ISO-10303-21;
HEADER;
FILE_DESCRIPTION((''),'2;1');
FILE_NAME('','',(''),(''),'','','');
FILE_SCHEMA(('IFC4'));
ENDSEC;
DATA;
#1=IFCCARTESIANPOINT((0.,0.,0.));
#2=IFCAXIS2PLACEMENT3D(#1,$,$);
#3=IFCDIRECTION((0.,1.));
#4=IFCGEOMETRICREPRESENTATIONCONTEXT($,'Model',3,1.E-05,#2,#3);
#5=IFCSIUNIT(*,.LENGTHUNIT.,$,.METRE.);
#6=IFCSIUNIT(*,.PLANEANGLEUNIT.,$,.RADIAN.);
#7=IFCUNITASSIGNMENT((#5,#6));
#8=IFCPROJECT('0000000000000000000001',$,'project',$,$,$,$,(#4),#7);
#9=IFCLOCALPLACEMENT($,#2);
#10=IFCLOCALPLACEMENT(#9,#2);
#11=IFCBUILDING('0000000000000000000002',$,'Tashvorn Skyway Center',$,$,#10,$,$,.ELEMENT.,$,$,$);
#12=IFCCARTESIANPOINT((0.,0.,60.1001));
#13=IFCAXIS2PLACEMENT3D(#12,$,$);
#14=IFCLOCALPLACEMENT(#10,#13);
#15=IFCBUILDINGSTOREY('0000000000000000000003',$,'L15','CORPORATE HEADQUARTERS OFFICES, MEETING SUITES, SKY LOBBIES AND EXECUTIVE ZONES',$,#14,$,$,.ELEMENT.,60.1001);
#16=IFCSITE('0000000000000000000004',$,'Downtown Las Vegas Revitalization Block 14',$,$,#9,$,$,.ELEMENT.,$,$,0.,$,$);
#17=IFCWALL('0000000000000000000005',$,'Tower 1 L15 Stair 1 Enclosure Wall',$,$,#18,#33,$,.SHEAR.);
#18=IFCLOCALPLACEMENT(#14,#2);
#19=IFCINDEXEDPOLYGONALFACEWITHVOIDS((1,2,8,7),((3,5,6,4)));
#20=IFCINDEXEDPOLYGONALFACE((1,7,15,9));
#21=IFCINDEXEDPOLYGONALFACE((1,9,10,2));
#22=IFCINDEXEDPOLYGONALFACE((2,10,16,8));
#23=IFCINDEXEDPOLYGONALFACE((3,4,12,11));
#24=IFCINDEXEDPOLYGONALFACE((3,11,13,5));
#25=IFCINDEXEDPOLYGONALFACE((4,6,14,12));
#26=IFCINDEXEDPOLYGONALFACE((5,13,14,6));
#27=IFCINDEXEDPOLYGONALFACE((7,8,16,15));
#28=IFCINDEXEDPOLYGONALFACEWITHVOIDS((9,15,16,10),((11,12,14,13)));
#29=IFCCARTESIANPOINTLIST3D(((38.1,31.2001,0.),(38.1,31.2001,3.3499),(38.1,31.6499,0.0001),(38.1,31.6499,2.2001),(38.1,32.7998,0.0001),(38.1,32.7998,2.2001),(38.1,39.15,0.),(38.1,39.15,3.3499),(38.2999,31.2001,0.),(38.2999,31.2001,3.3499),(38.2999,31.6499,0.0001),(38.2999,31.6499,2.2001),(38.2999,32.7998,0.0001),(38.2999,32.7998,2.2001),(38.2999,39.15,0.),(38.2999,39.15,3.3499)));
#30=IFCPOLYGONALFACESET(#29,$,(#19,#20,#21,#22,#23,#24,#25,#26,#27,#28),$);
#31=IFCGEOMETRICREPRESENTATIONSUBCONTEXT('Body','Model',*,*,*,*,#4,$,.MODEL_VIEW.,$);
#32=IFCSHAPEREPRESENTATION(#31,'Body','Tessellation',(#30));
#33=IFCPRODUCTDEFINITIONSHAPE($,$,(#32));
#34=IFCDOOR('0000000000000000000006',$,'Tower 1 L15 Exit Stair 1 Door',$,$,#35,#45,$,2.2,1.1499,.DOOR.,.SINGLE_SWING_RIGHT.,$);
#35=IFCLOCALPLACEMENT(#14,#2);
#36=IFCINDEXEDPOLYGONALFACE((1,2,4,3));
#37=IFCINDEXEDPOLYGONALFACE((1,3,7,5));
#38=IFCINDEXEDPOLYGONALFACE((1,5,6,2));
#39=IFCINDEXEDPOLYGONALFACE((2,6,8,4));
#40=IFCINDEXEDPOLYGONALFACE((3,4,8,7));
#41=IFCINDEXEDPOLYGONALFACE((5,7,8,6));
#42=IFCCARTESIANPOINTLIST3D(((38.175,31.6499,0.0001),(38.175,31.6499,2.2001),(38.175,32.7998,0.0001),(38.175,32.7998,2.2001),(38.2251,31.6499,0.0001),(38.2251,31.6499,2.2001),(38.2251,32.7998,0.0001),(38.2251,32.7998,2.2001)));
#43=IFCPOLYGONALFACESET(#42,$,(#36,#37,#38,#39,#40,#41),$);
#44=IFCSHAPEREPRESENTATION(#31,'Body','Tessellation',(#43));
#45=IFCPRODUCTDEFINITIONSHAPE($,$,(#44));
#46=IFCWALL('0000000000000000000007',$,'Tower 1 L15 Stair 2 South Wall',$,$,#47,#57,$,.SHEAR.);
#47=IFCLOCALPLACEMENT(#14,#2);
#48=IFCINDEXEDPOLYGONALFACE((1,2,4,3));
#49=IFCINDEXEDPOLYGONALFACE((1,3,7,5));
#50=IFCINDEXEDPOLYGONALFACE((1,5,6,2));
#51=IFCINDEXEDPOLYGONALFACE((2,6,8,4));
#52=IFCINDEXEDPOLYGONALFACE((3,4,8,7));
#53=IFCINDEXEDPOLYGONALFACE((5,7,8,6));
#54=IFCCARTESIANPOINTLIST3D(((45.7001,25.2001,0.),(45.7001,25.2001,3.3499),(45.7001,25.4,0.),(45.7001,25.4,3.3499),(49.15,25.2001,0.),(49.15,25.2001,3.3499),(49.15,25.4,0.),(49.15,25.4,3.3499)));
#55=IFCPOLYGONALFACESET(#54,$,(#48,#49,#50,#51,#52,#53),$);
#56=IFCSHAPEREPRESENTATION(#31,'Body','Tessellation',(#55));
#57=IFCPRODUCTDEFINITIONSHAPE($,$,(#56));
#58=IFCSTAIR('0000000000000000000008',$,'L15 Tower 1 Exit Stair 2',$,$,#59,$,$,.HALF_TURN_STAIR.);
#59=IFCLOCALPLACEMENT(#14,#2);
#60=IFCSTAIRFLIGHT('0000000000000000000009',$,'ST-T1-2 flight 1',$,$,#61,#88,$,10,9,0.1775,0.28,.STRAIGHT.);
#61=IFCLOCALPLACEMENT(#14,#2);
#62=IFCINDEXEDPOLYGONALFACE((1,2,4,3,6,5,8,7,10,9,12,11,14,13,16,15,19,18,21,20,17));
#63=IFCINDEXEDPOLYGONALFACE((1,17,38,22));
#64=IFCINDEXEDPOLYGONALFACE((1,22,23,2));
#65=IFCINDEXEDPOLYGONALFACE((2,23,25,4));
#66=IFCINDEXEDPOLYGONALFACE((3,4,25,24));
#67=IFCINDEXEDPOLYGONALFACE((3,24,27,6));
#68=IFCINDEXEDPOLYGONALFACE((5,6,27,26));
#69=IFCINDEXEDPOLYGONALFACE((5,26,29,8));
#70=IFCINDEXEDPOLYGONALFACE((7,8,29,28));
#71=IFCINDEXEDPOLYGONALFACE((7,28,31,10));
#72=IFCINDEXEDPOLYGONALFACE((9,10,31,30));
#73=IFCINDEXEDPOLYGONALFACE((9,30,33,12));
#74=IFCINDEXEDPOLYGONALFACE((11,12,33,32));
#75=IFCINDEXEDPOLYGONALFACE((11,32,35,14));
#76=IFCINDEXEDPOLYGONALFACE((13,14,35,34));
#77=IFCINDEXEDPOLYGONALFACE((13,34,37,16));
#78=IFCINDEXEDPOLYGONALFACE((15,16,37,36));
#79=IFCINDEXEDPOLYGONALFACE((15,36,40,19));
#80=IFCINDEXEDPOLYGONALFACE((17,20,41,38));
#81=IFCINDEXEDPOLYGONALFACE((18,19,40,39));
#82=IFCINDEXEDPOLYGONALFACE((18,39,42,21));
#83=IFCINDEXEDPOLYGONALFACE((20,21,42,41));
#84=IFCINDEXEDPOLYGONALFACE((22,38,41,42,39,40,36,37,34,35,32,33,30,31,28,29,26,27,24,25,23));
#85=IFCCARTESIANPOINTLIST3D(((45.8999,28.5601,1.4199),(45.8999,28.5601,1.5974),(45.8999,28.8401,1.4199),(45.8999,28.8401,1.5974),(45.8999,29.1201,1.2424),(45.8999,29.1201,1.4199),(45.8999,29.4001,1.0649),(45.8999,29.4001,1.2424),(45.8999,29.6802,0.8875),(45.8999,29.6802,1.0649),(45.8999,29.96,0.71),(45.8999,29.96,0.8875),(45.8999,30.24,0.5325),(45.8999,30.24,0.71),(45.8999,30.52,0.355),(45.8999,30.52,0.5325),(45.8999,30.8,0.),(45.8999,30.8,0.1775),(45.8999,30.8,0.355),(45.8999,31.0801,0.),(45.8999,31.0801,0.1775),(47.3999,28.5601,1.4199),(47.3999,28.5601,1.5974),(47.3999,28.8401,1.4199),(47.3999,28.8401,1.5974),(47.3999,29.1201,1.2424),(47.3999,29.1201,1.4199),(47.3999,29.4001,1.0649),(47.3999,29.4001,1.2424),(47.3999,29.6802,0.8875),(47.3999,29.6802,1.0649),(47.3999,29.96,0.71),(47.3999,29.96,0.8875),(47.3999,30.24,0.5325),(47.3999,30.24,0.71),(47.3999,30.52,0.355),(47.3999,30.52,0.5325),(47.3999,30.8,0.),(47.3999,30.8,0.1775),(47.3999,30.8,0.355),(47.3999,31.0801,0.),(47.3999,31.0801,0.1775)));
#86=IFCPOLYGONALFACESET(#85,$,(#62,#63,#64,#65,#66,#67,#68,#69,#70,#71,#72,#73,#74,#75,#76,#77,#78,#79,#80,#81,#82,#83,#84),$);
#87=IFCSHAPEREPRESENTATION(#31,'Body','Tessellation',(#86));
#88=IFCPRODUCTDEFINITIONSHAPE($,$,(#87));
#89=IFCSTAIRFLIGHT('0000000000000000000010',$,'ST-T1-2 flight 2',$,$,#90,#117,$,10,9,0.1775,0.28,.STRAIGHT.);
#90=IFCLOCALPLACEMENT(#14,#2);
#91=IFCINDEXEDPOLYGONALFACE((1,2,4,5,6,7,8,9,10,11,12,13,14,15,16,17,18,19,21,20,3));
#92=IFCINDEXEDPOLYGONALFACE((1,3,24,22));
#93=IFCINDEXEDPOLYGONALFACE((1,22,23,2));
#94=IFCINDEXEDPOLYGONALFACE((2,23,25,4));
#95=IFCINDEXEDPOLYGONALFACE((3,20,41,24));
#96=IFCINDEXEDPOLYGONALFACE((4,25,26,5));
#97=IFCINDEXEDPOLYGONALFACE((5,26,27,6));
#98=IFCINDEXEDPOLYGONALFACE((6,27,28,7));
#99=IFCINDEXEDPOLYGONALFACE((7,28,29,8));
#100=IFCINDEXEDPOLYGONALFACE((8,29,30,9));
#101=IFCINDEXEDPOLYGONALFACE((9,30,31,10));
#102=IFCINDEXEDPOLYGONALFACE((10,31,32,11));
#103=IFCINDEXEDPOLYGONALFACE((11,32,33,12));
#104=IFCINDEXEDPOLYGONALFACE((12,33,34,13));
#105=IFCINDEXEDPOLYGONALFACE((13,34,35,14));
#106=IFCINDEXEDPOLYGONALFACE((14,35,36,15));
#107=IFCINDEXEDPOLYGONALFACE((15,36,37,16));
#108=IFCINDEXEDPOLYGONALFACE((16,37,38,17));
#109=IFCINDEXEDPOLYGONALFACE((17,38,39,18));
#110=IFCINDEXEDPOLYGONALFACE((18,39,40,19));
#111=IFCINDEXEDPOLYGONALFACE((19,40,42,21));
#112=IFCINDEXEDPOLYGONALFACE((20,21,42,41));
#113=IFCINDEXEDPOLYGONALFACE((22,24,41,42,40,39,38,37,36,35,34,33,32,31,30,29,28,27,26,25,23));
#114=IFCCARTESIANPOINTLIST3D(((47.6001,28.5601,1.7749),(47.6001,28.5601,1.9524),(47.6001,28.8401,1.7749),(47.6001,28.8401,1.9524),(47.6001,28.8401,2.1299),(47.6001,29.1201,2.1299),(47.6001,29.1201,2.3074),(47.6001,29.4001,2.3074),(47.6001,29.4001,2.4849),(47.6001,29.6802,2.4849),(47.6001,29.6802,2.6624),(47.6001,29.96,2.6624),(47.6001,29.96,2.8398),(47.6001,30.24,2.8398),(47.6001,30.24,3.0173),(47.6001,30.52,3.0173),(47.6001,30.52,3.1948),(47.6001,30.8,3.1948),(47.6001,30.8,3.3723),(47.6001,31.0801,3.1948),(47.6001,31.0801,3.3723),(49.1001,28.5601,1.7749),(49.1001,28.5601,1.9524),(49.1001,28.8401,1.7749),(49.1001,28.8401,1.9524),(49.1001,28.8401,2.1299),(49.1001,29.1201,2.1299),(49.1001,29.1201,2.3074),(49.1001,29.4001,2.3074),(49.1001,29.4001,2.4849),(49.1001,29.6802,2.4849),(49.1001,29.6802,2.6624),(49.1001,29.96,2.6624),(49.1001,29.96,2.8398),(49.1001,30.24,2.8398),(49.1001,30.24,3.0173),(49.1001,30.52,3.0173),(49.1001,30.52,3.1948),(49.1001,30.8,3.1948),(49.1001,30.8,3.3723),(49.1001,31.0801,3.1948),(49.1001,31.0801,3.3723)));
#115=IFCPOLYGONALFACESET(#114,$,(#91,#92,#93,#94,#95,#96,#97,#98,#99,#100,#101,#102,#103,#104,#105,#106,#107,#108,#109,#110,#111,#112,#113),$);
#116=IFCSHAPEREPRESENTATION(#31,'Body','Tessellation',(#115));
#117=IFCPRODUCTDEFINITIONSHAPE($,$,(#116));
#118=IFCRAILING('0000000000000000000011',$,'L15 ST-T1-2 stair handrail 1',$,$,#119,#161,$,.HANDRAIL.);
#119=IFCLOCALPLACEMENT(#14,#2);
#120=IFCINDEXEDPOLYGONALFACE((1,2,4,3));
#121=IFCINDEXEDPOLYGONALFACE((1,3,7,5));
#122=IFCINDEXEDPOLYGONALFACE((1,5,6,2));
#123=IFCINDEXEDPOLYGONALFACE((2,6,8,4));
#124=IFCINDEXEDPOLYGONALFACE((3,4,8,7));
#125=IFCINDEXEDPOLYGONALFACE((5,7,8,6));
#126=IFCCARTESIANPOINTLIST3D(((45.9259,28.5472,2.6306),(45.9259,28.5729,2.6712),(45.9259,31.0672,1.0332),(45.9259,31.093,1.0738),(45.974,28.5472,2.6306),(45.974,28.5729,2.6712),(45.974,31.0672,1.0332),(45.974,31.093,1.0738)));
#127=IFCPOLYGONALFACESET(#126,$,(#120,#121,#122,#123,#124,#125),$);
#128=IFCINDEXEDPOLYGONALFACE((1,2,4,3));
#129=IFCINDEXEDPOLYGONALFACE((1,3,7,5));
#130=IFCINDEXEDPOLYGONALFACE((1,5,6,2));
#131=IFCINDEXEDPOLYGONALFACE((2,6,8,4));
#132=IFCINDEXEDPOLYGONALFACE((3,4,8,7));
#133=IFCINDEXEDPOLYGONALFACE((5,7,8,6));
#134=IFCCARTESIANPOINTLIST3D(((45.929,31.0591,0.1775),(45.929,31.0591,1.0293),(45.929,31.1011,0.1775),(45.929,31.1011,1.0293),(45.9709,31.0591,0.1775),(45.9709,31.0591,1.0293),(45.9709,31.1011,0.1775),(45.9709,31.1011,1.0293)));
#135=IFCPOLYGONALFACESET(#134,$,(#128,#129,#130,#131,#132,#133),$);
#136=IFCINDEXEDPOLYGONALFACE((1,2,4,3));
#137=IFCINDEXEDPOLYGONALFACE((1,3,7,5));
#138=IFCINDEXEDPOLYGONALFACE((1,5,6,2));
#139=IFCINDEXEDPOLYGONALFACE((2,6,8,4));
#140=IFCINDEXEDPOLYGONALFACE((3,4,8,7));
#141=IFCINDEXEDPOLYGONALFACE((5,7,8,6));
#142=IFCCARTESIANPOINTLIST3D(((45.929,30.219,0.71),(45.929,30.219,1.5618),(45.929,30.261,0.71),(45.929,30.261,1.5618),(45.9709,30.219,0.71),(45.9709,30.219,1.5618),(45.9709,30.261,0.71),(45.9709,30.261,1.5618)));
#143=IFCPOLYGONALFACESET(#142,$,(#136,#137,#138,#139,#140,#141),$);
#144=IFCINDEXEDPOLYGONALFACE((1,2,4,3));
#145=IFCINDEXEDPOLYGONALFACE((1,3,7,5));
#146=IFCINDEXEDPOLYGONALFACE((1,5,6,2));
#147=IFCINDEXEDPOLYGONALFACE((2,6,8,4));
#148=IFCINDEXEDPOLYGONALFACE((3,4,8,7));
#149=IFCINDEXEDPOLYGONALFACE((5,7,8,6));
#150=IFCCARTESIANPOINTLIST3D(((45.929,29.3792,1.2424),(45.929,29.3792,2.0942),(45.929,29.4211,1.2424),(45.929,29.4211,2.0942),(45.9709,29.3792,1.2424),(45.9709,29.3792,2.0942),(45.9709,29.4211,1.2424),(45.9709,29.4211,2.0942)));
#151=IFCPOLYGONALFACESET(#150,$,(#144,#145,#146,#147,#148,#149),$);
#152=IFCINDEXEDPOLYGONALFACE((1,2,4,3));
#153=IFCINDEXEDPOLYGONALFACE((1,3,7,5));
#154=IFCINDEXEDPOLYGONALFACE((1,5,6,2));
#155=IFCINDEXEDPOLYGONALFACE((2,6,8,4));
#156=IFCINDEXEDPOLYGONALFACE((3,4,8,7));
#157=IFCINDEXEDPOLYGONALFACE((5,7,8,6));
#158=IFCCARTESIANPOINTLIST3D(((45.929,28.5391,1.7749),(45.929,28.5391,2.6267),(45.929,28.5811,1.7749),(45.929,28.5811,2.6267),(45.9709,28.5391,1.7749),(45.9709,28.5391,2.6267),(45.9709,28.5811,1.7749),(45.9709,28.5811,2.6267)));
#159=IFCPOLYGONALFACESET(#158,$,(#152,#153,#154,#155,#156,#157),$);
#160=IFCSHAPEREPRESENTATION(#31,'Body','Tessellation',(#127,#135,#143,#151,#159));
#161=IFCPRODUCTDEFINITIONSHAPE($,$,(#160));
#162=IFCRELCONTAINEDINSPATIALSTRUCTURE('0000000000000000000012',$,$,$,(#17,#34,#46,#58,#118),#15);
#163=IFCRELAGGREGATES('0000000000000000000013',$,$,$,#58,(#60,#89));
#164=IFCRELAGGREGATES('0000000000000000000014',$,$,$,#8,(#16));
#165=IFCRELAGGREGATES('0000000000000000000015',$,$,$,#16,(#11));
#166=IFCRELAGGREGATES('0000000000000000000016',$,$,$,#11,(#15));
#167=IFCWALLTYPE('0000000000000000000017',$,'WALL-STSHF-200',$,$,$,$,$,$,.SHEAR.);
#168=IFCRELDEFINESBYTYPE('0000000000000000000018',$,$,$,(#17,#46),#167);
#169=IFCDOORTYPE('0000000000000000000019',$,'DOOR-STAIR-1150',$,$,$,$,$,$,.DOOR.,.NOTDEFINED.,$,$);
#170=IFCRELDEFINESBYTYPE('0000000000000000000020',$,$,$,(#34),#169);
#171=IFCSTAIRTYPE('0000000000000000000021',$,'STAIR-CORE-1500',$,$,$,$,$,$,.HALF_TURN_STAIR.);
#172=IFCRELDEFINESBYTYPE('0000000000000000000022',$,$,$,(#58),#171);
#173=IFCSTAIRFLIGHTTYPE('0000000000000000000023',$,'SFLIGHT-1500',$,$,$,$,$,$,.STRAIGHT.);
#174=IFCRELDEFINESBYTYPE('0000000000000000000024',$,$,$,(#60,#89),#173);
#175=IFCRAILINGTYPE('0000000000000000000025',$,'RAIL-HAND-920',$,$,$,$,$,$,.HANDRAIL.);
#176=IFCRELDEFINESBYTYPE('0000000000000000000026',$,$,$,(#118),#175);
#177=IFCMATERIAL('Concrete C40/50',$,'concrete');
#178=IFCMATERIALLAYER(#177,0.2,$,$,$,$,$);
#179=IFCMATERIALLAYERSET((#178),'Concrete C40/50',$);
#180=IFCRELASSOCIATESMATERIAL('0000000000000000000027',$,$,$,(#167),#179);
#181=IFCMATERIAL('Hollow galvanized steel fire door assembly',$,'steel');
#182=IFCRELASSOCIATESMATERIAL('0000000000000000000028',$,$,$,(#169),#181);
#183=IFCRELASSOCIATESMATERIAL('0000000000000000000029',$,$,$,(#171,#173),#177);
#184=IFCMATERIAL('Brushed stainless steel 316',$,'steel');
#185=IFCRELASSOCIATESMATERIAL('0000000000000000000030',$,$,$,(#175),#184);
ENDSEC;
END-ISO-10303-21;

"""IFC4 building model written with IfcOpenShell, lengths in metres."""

from ifc_helpers import new_model, si_unit, direction, frame, frame_2d, origin, origin_2d, place, context, subcontext, project, spatial, polyline, rectangle, outline, extrude, material, layer, layer_set, type_object, element, fill, aggregate, save


model = new_model("IFC4")

# Units and contexts
model_context = context("Model", 3, precision=1e-05, world=origin(), true_north=direction((0.0, 1.0)))
body_context = subcontext(model_context, "Body", "Model", "MODEL_VIEW")
ifc_project = project(units=[si_unit("LENGTHUNIT", "METRE"), si_unit("PLANEANGLEUNIT", "RADIAN")], contexts=[model_context])

# Site, building, storey
site_placement = place(None, origin())
site = spatial("IfcSite", under=ifc_project, at=site_placement, Name="Downtown Las Vegas Revitalization Block 14", CompositionType="ELEMENT", RefElevation=0.0)
building_placement = place(site_placement, origin())
building = spatial("IfcBuilding", under=site, at=building_placement, Name="Tashvorn Skyway Center", CompositionType="ELEMENT")
storey_placement = place(building_placement, frame((0.0, 0.0, 60.1001)))
storey = spatial("IfcBuildingStorey", under=building, at=storey_placement, Name="L15", Description="CORPORATE HEADQUARTERS OFFICES, MEETING SUITES, SKY LOBBIES AND EXECUTIVE ZONES", CompositionType="ELEMENT", Elevation=60.1001)

# Shared definitions
ifc_material_1 = material(Name="Concrete C40/50", Category="concrete")
ifc_material_2 = material(Name="Hollow galvanized steel fire door assembly", Category="steel")

# Wall, opening, door
ifc_layer_1 = layer(ifc_material_1, 0.2)
ifc_layer_set_1 = layer_set([ifc_layer_1], Name="Concrete C40/50")
wall_type_1 = type_object("IfcWallType", Name="WALL-STSHF-200", PredefinedType="SHEAR", material=ifc_layer_set_1)
wall_1_placement = place(storey_placement, frame((38.2, 31.2, 0.0), z_axis=(0.0, 0.0, 1.0), x_axis=(0.0, 1.0, 0.0)))
wall_1 = element("IfcWall", 1, at=wall_1_placement, inside=storey, type_object=wall_type_1, Name="Tower 1 L15 Stair 1 Enclosure Wall", PredefinedType="SHEAR", context=body_context, shape_type="SweptSolid", body=[
    extrude(rectangle(XDim=7.95, YDim=0.2, at=frame_2d((3.9751, 0.0))), origin(), (0.0, 0.0, 1.0), 3.3499),
])
opening_1_placement = place(wall_1_placement, frame((0.45, 0.0, 0.0)))
opening_1 = element("IfcOpeningElement", 2, at=opening_1_placement, cuts=wall_1, PredefinedType="OPENING", context=body_context, shape_type="SweptSolid", body=[
    extrude(rectangle(XDim=1.1499, YDim=2.2, at=frame_2d((0.575, 1.1001))), frame((0.0, 0.1099, 0.0), z_axis=(0.0, -1.0, 0.0), x_axis=(1.0, 0.0, 0.0)), (0.0, 0.0, 1.0), 0.22),
])
door_type_1 = type_object("IfcDoorType", Name="DOOR-STAIR-1150", OperationType="NOTDEFINED", PredefinedType="DOOR", material=ifc_material_2)
door_1_placement = place(opening_1_placement, origin())
door_1 = element("IfcDoor", 3, at=door_1_placement, inside=storey, type_object=door_type_1, Name="Tower 1 L15 Exit Stair 1 Door", OperationType="SINGLE_SWING_RIGHT", OverallHeight=2.2, OverallWidth=1.1499, PredefinedType="DOOR", context=body_context, shape_type="SweptSolid", body=[
    extrude(rectangle(XDim=1.1499, YDim=2.2, at=frame_2d((0.575, 1.1001))), frame((0.0, 0.0249, 0.0), z_axis=(0.0, -1.0, 0.0), x_axis=(1.0, 0.0, 0.0)), (0.0, 0.0, 1.0), 0.05),
])
fill(opening_1, door_1)

# Wall
wall_2_placement = place(storey_placement, frame((45.7, 25.3, 0.0), z_axis=(0.0, 0.0, 1.0), x_axis=(1.0, 0.0, 0.0)))
element("IfcWall", 4, at=wall_2_placement, inside=storey, type_object=wall_type_1, Name="Tower 1 L15 Stair 2 South Wall", PredefinedType="SHEAR", context=body_context, shape_type="SweptSolid", body=[
    extrude(rectangle(XDim=3.45, YDim=0.2, at=frame_2d((1.7251, 0.0))), origin(), (0.0, 0.0, 1.0), 3.3499),
])

# Stair, stair flights
stair_type = type_object("IfcStairType", Name="STAIR-CORE-1500", PredefinedType="HALF_TURN_STAIR", material=ifc_material_1)
stair_placement = place(storey_placement, origin())
stair = element("IfcStair", 5, at=stair_placement, inside=storey, type_object=stair_type, Name="L15 Tower 1 Exit Stair 2", PredefinedType="HALF_TURN_STAIR")
stair_flight_type = type_object("IfcStairFlightType", Name="SFLIGHT-1500", PredefinedType="STRAIGHT", material=ifc_material_1)
stair_flight_1_placement = place(storey_placement, frame((46.6499, 31.0801, 0.0), z_axis=(0.0, 0.0, 1.0), x_axis=(0.0, -1.0, 0.0)))
stair_flight_1 = element("IfcStairFlight", 6, at=stair_flight_1_placement, type_object=stair_flight_type, Name="ST-T1-2 flight 1", NumberOfRisers=10, NumberOfTreads=9, PredefinedType="STRAIGHT", RiserHeight=0.1775, TreadLength=0.28, context=body_context, shape_type="SweptSolid", body=[
    extrude(outline(polyline([(0.0, 0.0), (0.0, 0.1775), (0.28, 0.1775), (0.28, 0.355), (0.5601, 0.355), (0.5601, 0.5325), (0.8401, 0.5325), (0.8401, 0.71), (1.1201, 0.71), (1.1201, 0.8875), (1.3999, 0.8875), (1.3999, 1.0649), (1.6799, 1.0649), (1.6799, 1.2424), (1.96, 1.2424), (1.96, 1.4199), (2.24, 1.4199), (2.24, 1.5974), (2.52, 1.5974), (2.52, 1.7749), (2.52, 1.4199), (0.28, 0.0), (0.0, 0.0)])), frame((0.0, 0.75, 0.0), z_axis=(0.0, -1.0, 0.0), x_axis=(1.0, 0.0, 0.0)), (0.0, 0.0, 1.0), 1.5),
])
stair_flight_2_placement = place(storey_placement, frame((48.3501, 28.5601, 1.7749), z_axis=(0.0, 0.0, 1.0), x_axis=(0.0, 1.0, 0.0)))
stair_flight_2 = element("IfcStairFlight", 7, at=stair_flight_2_placement, type_object=stair_flight_type, Name="ST-T1-2 flight 2", NumberOfRisers=10, NumberOfTreads=9, PredefinedType="STRAIGHT", RiserHeight=0.1775, TreadLength=0.28, context=body_context, shape_type="SweptSolid", body=[
    extrude(outline(polyline([(0.0, 0.0), (0.0, 0.1775), (0.28, 0.1775), (0.28, 0.355), (0.5601, 0.355), (0.5601, 0.5325), (0.8401, 0.5325), (0.8401, 0.71), (1.1201, 0.71), (1.1201, 0.8875), (1.3999, 0.8875), (1.3999, 1.0649), (1.6799, 1.0649), (1.6799, 1.2424), (1.96, 1.2424), (1.96, 1.4199), (2.24, 1.4199), (2.24, 1.5974), (2.52, 1.5974), (2.52, 1.7749), (2.52, 1.4199), (0.28, 0.0), (0.0, 0.0)])), frame((0.0, 0.75, 0.0), z_axis=(0.0, -1.0, 0.0), x_axis=(1.0, 0.0, 0.0)), (0.0, 0.0, 1.0), 1.5),
])
aggregate(stair, [stair_flight_1, stair_flight_2])

# Railing
ifc_material_3 = material(Name="Brushed stainless steel 316", Category="steel")
railing_type_1 = type_object("IfcRailingType", Name="RAIL-HAND-920", PredefinedType="HANDRAIL", material=ifc_material_3)
railing_1_placement = place(storey_placement, frame((45.95, 31.0801, 0.1775)))
element("IfcRailing", 8, at=railing_1_placement, inside=storey, type_object=railing_type_1, Name="L15 ST-T1-2 stair handrail 1", PredefinedType="HANDRAIL", context=body_context, shape_type="SweptSolid", body=[
    extrude(rectangle(XDim=0.0481, YDim=0.0481, at=origin_2d()), frame((0.0, 0.0, 0.876), z_axis=(0.0, -0.844607, 0.535387), x_axis=(1.0, 0.0, 0.0)), (0.0, 0.0, 1.0), 2.9836),
    extrude(rectangle(XDim=0.042, YDim=0.042, at=origin_2d()), origin(), (0.0, 0.0, 1.0), 0.8518),
    extrude(rectangle(XDim=0.042, YDim=0.042, at=origin_2d()), frame((0.0, -0.8401, 0.5325)), (0.0, 0.0, 1.0), 0.8518),
    extrude(rectangle(XDim=0.042, YDim=0.042, at=origin_2d()), frame((0.0, -1.6799, 1.0649)), (0.0, 0.0, 1.0), 0.8518),
    extrude(rectangle(XDim=0.042, YDim=0.042, at=origin_2d()), frame((0.0, -2.52, 1.5974)), (0.0, 0.0, 1.0), 0.8518),
])

save(model, "model.ifc")
